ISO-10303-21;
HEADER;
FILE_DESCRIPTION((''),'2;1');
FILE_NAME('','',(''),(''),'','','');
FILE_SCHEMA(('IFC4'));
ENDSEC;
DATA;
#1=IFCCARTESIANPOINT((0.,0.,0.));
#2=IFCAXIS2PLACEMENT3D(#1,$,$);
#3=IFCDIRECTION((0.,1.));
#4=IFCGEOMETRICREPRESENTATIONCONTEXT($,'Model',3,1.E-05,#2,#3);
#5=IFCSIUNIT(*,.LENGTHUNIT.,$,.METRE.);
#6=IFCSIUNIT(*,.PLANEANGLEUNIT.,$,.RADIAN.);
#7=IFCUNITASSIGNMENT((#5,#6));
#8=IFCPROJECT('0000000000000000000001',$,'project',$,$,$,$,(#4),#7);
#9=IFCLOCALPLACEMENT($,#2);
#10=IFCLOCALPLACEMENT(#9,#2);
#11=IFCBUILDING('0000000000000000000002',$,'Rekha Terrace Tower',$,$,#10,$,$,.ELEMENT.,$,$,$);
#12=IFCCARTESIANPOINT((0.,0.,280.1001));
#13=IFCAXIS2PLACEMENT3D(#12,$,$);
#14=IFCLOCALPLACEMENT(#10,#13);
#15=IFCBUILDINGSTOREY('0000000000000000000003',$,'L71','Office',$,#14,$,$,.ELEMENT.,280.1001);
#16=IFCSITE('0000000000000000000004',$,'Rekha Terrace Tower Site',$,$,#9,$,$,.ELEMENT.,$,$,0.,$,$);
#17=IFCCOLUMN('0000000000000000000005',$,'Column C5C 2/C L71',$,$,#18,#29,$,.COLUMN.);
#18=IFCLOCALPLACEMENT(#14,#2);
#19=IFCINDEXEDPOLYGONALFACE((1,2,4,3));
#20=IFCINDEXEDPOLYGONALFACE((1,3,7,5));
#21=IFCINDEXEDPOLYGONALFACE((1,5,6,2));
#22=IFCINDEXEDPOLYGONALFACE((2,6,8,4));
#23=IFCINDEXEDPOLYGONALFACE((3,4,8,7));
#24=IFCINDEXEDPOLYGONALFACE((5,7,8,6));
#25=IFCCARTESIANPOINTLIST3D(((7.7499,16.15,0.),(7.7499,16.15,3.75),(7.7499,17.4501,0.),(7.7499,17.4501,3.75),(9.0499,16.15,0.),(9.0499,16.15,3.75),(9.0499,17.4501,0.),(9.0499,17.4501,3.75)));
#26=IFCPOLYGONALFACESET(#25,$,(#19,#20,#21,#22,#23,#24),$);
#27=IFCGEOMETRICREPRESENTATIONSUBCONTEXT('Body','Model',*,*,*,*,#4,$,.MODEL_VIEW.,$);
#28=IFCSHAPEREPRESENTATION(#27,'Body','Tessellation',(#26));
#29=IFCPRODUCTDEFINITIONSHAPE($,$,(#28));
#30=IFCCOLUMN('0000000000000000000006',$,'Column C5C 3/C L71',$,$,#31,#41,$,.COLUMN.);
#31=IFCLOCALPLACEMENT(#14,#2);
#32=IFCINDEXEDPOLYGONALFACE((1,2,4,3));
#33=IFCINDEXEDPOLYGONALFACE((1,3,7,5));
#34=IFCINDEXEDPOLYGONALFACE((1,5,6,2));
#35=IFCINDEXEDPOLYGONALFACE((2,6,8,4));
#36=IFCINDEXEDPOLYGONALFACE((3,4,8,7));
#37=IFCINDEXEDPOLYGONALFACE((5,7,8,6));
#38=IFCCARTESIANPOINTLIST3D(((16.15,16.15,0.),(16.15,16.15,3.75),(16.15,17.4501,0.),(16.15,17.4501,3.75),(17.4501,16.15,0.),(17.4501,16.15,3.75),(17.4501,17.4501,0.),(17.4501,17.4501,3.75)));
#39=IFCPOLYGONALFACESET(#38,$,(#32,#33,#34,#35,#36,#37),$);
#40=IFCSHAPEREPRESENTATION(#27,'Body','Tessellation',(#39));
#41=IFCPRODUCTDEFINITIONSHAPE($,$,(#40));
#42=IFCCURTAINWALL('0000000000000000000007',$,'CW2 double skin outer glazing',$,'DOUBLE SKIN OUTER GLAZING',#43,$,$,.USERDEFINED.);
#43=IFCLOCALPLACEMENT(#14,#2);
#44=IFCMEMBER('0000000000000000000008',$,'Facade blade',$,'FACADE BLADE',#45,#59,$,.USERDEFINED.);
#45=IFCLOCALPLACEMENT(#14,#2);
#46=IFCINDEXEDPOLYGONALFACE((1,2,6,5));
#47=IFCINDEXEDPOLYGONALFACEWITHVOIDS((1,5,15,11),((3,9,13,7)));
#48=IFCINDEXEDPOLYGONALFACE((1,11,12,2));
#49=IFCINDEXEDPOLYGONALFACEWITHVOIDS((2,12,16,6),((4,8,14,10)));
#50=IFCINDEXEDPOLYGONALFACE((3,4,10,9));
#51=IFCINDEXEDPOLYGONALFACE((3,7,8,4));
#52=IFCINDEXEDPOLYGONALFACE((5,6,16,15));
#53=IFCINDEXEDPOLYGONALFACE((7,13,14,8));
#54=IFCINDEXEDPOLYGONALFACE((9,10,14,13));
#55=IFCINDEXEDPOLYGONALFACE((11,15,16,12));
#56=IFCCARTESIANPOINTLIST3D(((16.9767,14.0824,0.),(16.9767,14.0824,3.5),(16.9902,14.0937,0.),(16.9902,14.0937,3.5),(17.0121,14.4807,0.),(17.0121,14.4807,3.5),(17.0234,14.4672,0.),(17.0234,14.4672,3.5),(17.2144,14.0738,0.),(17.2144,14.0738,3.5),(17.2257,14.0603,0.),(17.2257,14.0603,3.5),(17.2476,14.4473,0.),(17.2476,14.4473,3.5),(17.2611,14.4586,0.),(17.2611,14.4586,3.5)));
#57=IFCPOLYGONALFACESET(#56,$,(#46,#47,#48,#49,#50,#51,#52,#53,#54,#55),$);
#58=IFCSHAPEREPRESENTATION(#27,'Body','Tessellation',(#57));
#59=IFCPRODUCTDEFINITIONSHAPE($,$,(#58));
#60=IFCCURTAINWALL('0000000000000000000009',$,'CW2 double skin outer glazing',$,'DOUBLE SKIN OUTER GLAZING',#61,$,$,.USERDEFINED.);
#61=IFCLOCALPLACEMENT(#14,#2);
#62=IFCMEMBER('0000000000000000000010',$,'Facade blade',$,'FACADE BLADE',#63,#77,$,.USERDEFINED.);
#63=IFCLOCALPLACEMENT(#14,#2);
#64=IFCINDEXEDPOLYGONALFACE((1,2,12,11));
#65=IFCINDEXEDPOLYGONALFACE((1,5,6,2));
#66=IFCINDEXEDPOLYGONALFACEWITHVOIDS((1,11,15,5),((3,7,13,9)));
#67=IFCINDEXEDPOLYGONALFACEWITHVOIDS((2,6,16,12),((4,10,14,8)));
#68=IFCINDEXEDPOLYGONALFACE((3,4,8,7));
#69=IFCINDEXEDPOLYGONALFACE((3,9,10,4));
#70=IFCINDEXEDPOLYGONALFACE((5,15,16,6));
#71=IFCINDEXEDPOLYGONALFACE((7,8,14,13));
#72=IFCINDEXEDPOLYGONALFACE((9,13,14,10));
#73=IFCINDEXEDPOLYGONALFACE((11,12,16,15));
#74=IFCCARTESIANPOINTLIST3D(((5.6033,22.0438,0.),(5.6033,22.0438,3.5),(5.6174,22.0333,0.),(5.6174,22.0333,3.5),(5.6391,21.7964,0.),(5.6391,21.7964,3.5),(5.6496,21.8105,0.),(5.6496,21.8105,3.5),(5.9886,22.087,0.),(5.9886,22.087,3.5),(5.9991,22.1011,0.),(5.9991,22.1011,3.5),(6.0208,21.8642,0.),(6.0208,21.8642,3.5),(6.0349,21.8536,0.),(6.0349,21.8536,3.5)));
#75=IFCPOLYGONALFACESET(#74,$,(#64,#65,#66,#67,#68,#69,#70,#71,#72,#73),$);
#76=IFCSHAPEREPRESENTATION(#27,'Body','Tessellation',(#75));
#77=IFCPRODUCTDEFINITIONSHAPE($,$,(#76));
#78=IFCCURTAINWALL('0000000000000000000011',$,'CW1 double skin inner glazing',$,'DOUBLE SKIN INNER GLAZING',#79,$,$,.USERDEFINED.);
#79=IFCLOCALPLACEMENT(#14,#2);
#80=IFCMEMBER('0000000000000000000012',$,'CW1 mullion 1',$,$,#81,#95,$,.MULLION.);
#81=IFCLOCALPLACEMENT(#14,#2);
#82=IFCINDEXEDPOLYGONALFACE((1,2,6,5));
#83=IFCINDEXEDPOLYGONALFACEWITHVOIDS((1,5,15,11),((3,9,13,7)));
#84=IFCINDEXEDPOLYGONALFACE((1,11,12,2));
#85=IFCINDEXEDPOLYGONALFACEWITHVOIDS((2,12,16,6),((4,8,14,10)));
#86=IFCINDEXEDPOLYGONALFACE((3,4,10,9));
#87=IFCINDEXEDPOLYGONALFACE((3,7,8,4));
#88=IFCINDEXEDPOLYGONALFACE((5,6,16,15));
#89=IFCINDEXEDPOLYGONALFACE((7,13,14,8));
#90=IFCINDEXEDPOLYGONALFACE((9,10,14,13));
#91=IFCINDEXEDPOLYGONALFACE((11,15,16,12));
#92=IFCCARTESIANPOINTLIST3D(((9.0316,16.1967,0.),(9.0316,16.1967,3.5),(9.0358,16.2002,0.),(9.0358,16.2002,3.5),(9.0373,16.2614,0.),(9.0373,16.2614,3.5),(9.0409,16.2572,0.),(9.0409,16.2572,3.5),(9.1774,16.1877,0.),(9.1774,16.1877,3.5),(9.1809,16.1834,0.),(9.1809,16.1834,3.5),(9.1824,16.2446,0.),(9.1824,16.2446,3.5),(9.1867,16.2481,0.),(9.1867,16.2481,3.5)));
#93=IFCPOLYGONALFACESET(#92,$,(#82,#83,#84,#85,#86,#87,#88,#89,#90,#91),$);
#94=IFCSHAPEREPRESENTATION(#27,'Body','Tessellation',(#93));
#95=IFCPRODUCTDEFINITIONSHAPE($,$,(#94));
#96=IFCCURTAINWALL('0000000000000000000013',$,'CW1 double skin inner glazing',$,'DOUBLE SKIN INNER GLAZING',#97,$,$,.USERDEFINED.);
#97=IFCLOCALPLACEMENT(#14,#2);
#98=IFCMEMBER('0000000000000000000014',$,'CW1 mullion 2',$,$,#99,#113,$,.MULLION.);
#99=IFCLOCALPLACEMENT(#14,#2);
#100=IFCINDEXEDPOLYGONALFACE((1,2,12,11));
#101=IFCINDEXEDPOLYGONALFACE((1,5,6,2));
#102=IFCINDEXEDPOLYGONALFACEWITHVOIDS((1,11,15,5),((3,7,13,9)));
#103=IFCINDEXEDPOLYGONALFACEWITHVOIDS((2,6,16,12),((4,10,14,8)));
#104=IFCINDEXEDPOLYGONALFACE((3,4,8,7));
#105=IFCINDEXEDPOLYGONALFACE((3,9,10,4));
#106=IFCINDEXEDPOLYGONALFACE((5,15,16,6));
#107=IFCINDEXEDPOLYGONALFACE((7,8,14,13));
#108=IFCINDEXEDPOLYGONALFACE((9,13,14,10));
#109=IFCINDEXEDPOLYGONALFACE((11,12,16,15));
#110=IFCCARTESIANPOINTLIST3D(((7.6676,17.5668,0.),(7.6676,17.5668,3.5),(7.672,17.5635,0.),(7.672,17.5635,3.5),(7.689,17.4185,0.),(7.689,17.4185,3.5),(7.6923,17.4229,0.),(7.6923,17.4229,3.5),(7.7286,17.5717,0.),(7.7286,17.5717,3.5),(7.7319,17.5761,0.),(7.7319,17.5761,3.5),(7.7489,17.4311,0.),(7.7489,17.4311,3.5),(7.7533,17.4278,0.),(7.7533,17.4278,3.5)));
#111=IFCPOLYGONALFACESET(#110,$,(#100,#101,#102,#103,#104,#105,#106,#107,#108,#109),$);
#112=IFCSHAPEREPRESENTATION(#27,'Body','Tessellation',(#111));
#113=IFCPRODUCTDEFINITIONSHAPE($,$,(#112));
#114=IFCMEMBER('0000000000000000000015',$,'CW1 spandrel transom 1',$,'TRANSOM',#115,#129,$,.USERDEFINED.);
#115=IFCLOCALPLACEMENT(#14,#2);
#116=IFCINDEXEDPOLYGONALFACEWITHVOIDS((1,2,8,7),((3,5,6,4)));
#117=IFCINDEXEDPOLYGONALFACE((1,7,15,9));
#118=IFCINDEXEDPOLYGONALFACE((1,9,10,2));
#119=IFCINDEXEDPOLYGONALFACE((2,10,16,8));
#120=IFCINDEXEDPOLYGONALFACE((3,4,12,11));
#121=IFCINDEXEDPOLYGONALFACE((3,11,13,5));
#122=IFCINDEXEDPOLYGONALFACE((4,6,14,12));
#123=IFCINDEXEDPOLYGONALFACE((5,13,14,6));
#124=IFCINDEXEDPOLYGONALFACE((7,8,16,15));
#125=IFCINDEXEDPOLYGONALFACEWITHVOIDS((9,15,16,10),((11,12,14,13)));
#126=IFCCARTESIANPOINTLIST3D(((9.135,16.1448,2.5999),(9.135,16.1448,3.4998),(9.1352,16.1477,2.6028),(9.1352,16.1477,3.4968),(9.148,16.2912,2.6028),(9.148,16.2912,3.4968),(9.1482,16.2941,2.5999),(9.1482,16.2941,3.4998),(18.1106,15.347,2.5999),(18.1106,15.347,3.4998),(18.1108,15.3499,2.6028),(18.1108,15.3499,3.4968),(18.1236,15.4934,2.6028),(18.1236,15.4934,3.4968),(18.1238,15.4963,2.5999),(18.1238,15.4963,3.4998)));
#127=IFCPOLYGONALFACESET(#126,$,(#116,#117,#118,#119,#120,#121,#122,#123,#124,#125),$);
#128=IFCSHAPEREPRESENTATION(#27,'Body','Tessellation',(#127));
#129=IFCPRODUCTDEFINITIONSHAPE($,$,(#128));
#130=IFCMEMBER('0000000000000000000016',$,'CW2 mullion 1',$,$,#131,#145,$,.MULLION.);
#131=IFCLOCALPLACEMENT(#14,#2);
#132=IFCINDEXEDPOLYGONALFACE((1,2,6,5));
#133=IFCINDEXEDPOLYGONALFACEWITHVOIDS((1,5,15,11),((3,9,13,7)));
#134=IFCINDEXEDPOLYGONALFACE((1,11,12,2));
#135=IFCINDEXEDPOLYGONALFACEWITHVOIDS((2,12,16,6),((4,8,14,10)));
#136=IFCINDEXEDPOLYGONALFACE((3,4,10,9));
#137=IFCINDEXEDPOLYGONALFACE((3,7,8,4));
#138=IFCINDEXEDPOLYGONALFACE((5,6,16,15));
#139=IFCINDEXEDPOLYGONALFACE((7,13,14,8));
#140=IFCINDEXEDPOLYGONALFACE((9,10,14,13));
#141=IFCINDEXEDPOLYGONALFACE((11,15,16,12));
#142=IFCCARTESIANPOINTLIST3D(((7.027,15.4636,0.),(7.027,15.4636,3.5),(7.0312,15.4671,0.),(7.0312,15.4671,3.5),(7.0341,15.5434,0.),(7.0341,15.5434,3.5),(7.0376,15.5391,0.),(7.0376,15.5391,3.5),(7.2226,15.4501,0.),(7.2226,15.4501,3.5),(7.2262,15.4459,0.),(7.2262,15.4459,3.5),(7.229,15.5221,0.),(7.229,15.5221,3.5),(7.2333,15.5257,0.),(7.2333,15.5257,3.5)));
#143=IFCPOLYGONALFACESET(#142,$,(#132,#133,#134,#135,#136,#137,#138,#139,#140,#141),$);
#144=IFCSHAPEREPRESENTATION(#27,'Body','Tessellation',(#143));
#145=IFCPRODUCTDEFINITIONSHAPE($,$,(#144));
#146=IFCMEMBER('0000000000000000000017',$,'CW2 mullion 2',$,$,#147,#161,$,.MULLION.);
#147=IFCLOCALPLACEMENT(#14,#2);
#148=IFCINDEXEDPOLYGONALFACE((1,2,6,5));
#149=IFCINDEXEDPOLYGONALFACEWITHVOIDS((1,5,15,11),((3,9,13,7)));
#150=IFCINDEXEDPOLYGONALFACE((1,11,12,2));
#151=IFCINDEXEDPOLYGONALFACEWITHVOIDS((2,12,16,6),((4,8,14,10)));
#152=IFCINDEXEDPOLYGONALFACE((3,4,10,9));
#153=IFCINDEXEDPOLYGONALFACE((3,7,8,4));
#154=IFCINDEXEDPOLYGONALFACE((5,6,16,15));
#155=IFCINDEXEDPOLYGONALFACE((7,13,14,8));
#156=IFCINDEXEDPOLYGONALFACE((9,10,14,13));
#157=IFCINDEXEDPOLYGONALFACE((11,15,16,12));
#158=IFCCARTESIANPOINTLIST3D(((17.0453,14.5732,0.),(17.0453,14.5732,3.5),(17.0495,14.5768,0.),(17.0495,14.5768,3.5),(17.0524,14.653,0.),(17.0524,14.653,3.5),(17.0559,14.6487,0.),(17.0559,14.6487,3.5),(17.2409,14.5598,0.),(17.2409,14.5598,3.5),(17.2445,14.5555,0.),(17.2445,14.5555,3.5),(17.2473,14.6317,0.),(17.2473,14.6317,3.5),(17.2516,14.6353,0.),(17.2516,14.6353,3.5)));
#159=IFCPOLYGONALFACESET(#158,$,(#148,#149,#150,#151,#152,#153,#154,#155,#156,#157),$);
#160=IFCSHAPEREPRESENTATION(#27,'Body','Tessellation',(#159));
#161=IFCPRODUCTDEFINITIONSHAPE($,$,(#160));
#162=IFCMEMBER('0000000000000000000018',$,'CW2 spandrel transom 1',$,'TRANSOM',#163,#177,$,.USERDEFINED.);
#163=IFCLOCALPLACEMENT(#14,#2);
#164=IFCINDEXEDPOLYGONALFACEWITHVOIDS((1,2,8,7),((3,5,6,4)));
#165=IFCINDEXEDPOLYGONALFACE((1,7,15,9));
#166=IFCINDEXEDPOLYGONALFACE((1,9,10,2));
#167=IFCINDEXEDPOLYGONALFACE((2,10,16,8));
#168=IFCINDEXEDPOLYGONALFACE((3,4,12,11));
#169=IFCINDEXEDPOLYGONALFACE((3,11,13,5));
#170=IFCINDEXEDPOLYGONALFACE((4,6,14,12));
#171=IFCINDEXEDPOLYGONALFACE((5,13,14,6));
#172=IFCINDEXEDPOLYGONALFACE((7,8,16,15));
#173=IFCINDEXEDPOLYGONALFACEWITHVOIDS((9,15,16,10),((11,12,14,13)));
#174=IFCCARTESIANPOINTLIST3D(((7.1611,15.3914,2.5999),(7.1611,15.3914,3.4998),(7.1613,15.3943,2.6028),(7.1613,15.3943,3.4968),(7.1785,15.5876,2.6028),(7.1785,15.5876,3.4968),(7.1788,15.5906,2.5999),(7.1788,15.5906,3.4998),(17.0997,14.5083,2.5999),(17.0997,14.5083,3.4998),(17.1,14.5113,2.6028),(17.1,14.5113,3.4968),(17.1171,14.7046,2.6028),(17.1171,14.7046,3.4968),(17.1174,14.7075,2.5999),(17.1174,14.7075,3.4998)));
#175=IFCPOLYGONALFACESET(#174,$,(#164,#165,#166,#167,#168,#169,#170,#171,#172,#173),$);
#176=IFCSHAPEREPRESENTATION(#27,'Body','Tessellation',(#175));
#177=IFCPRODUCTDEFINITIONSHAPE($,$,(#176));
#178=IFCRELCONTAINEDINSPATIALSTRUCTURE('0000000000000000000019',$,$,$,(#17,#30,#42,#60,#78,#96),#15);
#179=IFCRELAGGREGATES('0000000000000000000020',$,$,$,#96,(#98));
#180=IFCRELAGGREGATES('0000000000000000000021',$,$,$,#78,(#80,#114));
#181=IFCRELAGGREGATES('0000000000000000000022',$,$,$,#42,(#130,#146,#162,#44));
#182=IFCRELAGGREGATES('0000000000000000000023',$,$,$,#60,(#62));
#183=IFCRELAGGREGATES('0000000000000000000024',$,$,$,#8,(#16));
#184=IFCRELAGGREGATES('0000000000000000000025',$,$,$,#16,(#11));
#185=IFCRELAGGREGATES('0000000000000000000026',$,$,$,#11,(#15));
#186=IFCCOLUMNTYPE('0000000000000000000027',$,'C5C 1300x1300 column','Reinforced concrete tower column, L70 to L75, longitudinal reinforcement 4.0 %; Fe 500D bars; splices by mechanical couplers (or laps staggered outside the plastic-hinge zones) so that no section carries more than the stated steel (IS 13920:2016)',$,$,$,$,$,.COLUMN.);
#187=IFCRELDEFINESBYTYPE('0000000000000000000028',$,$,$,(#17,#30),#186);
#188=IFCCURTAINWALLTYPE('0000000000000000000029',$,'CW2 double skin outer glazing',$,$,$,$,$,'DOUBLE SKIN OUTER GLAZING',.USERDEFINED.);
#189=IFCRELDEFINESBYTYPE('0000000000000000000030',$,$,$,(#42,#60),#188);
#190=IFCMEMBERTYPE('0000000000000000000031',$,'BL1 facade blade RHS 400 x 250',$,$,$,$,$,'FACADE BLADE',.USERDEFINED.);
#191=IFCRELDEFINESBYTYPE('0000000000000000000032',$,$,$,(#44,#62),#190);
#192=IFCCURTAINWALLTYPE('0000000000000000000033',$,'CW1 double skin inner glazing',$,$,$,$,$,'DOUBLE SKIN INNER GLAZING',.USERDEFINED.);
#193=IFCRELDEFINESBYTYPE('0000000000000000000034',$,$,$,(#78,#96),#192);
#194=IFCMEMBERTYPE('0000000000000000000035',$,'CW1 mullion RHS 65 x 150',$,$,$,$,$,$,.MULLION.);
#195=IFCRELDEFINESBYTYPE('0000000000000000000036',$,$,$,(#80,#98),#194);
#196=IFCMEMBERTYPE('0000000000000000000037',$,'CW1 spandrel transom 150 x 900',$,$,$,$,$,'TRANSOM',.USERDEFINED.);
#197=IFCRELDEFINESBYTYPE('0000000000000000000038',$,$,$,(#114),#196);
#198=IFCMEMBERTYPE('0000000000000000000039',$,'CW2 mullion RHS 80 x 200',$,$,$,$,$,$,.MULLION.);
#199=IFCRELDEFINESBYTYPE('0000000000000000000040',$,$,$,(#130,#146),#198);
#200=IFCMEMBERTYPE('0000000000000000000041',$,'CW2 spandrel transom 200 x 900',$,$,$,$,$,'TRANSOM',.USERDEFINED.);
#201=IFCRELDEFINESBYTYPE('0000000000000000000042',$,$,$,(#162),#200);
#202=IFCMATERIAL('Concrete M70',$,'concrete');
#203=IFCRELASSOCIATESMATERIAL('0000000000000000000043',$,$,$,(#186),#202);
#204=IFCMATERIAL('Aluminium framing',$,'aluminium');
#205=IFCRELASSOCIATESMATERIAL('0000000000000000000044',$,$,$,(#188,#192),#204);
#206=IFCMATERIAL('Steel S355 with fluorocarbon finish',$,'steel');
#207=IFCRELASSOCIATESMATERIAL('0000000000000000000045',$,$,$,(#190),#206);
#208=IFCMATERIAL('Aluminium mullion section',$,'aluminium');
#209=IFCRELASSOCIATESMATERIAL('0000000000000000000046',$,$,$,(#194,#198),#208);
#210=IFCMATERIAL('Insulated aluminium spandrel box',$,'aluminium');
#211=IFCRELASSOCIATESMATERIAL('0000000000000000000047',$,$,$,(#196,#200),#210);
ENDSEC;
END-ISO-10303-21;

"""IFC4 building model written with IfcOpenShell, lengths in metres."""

from ifc_helpers import new_model, si_unit, direction, frame, origin, origin_2d, place, context, subcontext, project, spatial, rectangle, hollow_rectangle, extrude, material, material_profile, profile_set, type_object, element, aggregate, save


model = new_model("IFC4")

# Units and contexts
model_context = context("Model", 3, precision=1e-05, world=origin(), true_north=direction((0.0, 1.0)))
body_context = subcontext(model_context, "Body", "Model", "MODEL_VIEW")
ifc_project = project(units=[si_unit("LENGTHUNIT", "METRE"), si_unit("PLANEANGLEUNIT", "RADIAN")], contexts=[model_context])

# Site, building, storey
site_placement = place(None, origin())
site = spatial("IfcSite", under=ifc_project, at=site_placement, Name="Rekha Terrace Tower Site", CompositionType="ELEMENT", RefElevation=0.0)
building_placement = place(site_placement, origin())
building = spatial("IfcBuilding", under=site, at=building_placement, Name="Rekha Terrace Tower", CompositionType="ELEMENT")
storey_placement = place(building_placement, frame((0.0, 0.0, 280.1001)))
storey = spatial("IfcBuildingStorey", under=building, at=storey_placement, Name="L71", Description="Office", CompositionType="ELEMENT", Elevation=280.1001)

# Columns
ifc_material_1 = material(Name="Concrete M70", Category="concrete")
ifc_material_profile_1 = material_profile(ifc_material_1, rectangle(XDim=1.3, YDim=1.3, at=origin_2d()), Name="RC 1300x1300")
ifc_profile_set_1 = profile_set([ifc_material_profile_1], Name="Concrete M70")
column_type = type_object("IfcColumnType", Name="C5C 1300x1300 column", Description="Reinforced concrete tower column, L70 to L75, longitudinal reinforcement 4.0 %; Fe 500D bars; splices by mechanical couplers (or laps staggered outside the plastic-hinge zones) so that no section carries more than the stated steel (IS 13920:2016)", PredefinedType="COLUMN", material=ifc_profile_set_1)
for number, where, z_axis, x_axis, name in (
    (1, (8.3999, 16.8, 0.0), (0.0, 0.0, 1.0), (1.0, 0.0, 0.0), "Column C5C 2/C L71"),
    (2, (16.8, 16.8, 0.0), (0.0, 0.0, 1.0), (1.0, 0.0, 0.0), "Column C5C 3/C L71"),
):
    element("IfcColumn", number, at=place(storey_placement, frame(where, z_axis=z_axis, x_axis=x_axis)), inside=storey, type_object=column_type, Name=name, PredefinedType="COLUMN", context=body_context, shape_type="SweptSolid", body=[
        extrude(rectangle(XDim=1.3, YDim=1.3, at=origin_2d()), origin(), (0.0, 0.0, 1.0), 3.75),
    ])

# Curtain walls, members
ifc_material_2 = material(Name="Aluminium framing", Category="aluminium")
curtain_wall_type_1 = type_object("IfcCurtainWallType", Name="CW2 double skin outer glazing", ElementType="DOUBLE SKIN OUTER GLAZING", PredefinedType="USERDEFINED", material=ifc_material_2)
curtain_wall_1_placement = place(storey_placement, origin())
curtain_wall_1 = element("IfcCurtainWall", 3, at=curtain_wall_1_placement, inside=storey, type_object=curtain_wall_type_1, Name="CW2 double skin outer glazing", ObjectType="DOUBLE SKIN OUTER GLAZING", PredefinedType="USERDEFINED")
ifc_material_3 = material(Name="Steel S355 with fluorocarbon finish", Category="steel")
ifc_material_profile_2 = material_profile(ifc_material_3, hollow_rectangle(XDim=0.25, YDim=0.3999, WallThickness=0.0125, at=origin_2d()), Name="RHS400x250x12.5")
ifc_profile_set_2 = profile_set([ifc_material_profile_2], Name="Steel S355 with fluorocarbon finish")
member_type_1 = type_object("IfcMemberType", Name="BL1 facade blade RHS 400 x 250", ElementType="FACADE BLADE", PredefinedType="USERDEFINED", material=ifc_profile_set_2)
member_1_placement = place(storey_placement, frame((17.1189, 14.2705, 0.0), z_axis=(0.0, 0.0, 1.0), x_axis=(0.996074, -0.088522, 0.0)))
member_1 = element("IfcMember", 4, at=member_1_placement, type_object=member_type_1, Name="Facade blade", ObjectType="FACADE BLADE", PredefinedType="USERDEFINED", context=body_context, shape_type="SweptSolid", body=[
    extrude(hollow_rectangle(XDim=0.25, YDim=0.3999, WallThickness=0.0125, at=origin_2d()), origin(), (0.0, 0.0, 1.0), 3.5),
])
curtain_wall_2_placement = place(storey_placement, origin())
curtain_wall_2 = element("IfcCurtainWall", 5, at=curtain_wall_2_placement, inside=storey, type_object=curtain_wall_type_1, Name="CW2 double skin outer glazing", ObjectType="DOUBLE SKIN OUTER GLAZING", PredefinedType="USERDEFINED")
member_2_placement = place(storey_placement, frame((5.8191, 21.9487, 0.0), z_axis=(0.0, 0.0, 1.0), x_axis=(0.143109, -0.989707, 0.0)))
member_2 = element("IfcMember", 6, at=member_2_placement, type_object=member_type_1, Name="Facade blade", ObjectType="FACADE BLADE", PredefinedType="USERDEFINED", context=body_context, shape_type="SweptSolid", body=[
    extrude(hollow_rectangle(XDim=0.25, YDim=0.3999, WallThickness=0.0125, at=origin_2d()), origin(), (0.0, 0.0, 1.0), 3.5),
])
curtain_wall_type_2 = type_object("IfcCurtainWallType", Name="CW1 double skin inner glazing", ElementType="DOUBLE SKIN INNER GLAZING", PredefinedType="USERDEFINED", material=ifc_material_2)
curtain_wall_3_placement = place(storey_placement, origin())
curtain_wall_3 = element("IfcCurtainWall", 7, at=curtain_wall_3_placement, inside=storey, type_object=curtain_wall_type_2, Name="CW1 double skin inner glazing", ObjectType="DOUBLE SKIN INNER GLAZING", PredefinedType="USERDEFINED")
ifc_material_4 = material(Name="Aluminium mullion section", Category="aluminium")
ifc_material_profile_3 = material_profile(ifc_material_4, hollow_rectangle(XDim=0.0649, YDim=0.1499, WallThickness=0.0039, at=origin_2d()), Name="AL RHS 65x150")
ifc_profile_set_3 = profile_set([ifc_material_profile_3], Name="Aluminium mullion section")
member_type_2 = type_object("IfcMemberType", Name="CW1 mullion RHS 65 x 150", PredefinedType="MULLION", material=ifc_profile_set_3)
member_3_placement = place(storey_placement, frame((9.1091, 16.2224, 0.0), z_axis=(0.0, 0.0, 1.0), x_axis=(0.088522, 0.996074, 0.0)))
member_3 = element("IfcMember", 8, at=member_3_placement, type_object=member_type_2, Name="CW1 mullion 1", PredefinedType="MULLION", context=body_context, shape_type="SweptSolid", body=[
    extrude(hollow_rectangle(XDim=0.0649, YDim=0.1499, WallThickness=0.0039, at=origin_2d()), origin(), (0.0, 0.0, 1.0), 3.5),
])
curtain_wall_4_placement = place(storey_placement, origin())
curtain_wall_4 = element("IfcCurtainWall", 9, at=curtain_wall_4_placement, inside=storey, type_object=curtain_wall_type_2, Name="CW1 double skin inner glazing", ObjectType="DOUBLE SKIN INNER GLAZING", PredefinedType="USERDEFINED")
member_4_placement = place(storey_placement, frame((7.7104, 17.4973, 0.0), z_axis=(0.0, 0.0, 1.0), x_axis=(0.989707, 0.143108, 0.0)))
member_4 = element("IfcMember", 10, at=member_4_placement, type_object=member_type_2, Name="CW1 mullion 2", PredefinedType="MULLION", context=body_context, shape_type="SweptSolid", body=[
    extrude(hollow_rectangle(XDim=0.0649, YDim=0.1499, WallThickness=0.0039, at=origin_2d()), origin(), (0.0, 0.0, 1.0), 3.5),
])
aggregate(curtain_wall_4, [member_4])

# Members
ifc_material_5 = material(Name="Insulated aluminium spandrel box", Category="aluminium")
ifc_material_profile_4 = material_profile(ifc_material_5, hollow_rectangle(XDim=0.1499, YDim=0.8999, WallThickness=0.0029, at=origin_2d()), Name="AL SPANDREL BOX 150x900")
ifc_profile_set_4 = profile_set([ifc_material_profile_4], Name="Insulated aluminium spandrel box")
member_type_3 = type_object("IfcMemberType", Name="CW1 spandrel transom 150 x 900", ElementType="TRANSOM", PredefinedType="USERDEFINED", material=ifc_profile_set_4)
member_5_placement = place(storey_placement, frame((9.1416, 16.2195, 3.0498), z_axis=(0.996072, -0.088542, 0.0), x_axis=(0.088542, 0.996072, 0.0)))
member_5 = element("IfcMember", 11, at=member_5_placement, type_object=member_type_3, Name="CW1 spandrel transom 1", ObjectType="TRANSOM", PredefinedType="USERDEFINED", context=body_context, shape_type="SweptSolid", body=[
    extrude(hollow_rectangle(XDim=0.1499, YDim=0.8999, WallThickness=0.0029, at=origin_2d()), origin(), (0.0, 0.0, 1.0), 9.011),
])
ifc_material_profile_5 = material_profile(ifc_material_4, hollow_rectangle(XDim=0.0801, YDim=0.2, WallThickness=0.0039, at=origin_2d()), Name="AL RHS 80x200")
ifc_profile_set_5 = profile_set([ifc_material_profile_5], Name="Aluminium mullion section")
member_type_4 = type_object("IfcMemberType", Name="CW2 mullion RHS 80 x 200", PredefinedType="MULLION", material=ifc_profile_set_5)
member_6_placement = place(storey_placement, frame((7.1301, 15.4946, 0.0), z_axis=(0.0, 0.0, 1.0), x_axis=(0.088522, 0.996074, 0.0)))
member_6 = element("IfcMember", 12, at=member_6_placement, type_object=member_type_4, Name="CW2 mullion 1", PredefinedType="MULLION", context=body_context, shape_type="SweptSolid", body=[
    extrude(hollow_rectangle(XDim=0.0801, YDim=0.2, WallThickness=0.0039, at=origin_2d()), origin(), (0.0, 0.0, 1.0), 3.5),
])
member_7_placement = place(storey_placement, frame((17.1484, 14.6042, 0.0), z_axis=(0.0, 0.0, 1.0), x_axis=(0.088522, 0.996074, 0.0)))
member_7 = element("IfcMember", 13, at=member_7_placement, type_object=member_type_4, Name="CW2 mullion 2", PredefinedType="MULLION", context=body_context, shape_type="SweptSolid", body=[
    extrude(hollow_rectangle(XDim=0.0801, YDim=0.2, WallThickness=0.0039, at=origin_2d()), origin(), (0.0, 0.0, 1.0), 3.5),
])
ifc_material_profile_6 = material_profile(ifc_material_5, hollow_rectangle(XDim=0.2, YDim=0.8999, WallThickness=0.0029, at=origin_2d()), Name="AL SPANDREL BOX 200x900")
ifc_profile_set_6 = profile_set([ifc_material_profile_6], Name="Insulated aluminium spandrel box")
member_type_5 = type_object("IfcMemberType", Name="CW2 spandrel transom 200 x 900", ElementType="TRANSOM", PredefinedType="USERDEFINED", material=ifc_profile_set_6)
member_8_placement = place(storey_placement, frame((7.1699, 15.491, 3.0498), z_axis=(0.996076, -0.088501, 0.0), x_axis=(0.088501, 0.996076, 0.0)))
member_8 = element("IfcMember", 14, at=member_8_placement, type_object=member_type_5, Name="CW2 spandrel transom 1", ObjectType="TRANSOM", PredefinedType="USERDEFINED", context=body_context, shape_type="SweptSolid", body=[
    extrude(hollow_rectangle(XDim=0.2, YDim=0.8999, WallThickness=0.0029, at=origin_2d()), origin(), (0.0, 0.0, 1.0), 9.9778),
])

aggregate(curtain_wall_3, [member_3, member_5])
aggregate(curtain_wall_1, [member_6, member_7, member_8, member_1])
aggregate(curtain_wall_2, [member_2])

save(model, "model.ifc")
